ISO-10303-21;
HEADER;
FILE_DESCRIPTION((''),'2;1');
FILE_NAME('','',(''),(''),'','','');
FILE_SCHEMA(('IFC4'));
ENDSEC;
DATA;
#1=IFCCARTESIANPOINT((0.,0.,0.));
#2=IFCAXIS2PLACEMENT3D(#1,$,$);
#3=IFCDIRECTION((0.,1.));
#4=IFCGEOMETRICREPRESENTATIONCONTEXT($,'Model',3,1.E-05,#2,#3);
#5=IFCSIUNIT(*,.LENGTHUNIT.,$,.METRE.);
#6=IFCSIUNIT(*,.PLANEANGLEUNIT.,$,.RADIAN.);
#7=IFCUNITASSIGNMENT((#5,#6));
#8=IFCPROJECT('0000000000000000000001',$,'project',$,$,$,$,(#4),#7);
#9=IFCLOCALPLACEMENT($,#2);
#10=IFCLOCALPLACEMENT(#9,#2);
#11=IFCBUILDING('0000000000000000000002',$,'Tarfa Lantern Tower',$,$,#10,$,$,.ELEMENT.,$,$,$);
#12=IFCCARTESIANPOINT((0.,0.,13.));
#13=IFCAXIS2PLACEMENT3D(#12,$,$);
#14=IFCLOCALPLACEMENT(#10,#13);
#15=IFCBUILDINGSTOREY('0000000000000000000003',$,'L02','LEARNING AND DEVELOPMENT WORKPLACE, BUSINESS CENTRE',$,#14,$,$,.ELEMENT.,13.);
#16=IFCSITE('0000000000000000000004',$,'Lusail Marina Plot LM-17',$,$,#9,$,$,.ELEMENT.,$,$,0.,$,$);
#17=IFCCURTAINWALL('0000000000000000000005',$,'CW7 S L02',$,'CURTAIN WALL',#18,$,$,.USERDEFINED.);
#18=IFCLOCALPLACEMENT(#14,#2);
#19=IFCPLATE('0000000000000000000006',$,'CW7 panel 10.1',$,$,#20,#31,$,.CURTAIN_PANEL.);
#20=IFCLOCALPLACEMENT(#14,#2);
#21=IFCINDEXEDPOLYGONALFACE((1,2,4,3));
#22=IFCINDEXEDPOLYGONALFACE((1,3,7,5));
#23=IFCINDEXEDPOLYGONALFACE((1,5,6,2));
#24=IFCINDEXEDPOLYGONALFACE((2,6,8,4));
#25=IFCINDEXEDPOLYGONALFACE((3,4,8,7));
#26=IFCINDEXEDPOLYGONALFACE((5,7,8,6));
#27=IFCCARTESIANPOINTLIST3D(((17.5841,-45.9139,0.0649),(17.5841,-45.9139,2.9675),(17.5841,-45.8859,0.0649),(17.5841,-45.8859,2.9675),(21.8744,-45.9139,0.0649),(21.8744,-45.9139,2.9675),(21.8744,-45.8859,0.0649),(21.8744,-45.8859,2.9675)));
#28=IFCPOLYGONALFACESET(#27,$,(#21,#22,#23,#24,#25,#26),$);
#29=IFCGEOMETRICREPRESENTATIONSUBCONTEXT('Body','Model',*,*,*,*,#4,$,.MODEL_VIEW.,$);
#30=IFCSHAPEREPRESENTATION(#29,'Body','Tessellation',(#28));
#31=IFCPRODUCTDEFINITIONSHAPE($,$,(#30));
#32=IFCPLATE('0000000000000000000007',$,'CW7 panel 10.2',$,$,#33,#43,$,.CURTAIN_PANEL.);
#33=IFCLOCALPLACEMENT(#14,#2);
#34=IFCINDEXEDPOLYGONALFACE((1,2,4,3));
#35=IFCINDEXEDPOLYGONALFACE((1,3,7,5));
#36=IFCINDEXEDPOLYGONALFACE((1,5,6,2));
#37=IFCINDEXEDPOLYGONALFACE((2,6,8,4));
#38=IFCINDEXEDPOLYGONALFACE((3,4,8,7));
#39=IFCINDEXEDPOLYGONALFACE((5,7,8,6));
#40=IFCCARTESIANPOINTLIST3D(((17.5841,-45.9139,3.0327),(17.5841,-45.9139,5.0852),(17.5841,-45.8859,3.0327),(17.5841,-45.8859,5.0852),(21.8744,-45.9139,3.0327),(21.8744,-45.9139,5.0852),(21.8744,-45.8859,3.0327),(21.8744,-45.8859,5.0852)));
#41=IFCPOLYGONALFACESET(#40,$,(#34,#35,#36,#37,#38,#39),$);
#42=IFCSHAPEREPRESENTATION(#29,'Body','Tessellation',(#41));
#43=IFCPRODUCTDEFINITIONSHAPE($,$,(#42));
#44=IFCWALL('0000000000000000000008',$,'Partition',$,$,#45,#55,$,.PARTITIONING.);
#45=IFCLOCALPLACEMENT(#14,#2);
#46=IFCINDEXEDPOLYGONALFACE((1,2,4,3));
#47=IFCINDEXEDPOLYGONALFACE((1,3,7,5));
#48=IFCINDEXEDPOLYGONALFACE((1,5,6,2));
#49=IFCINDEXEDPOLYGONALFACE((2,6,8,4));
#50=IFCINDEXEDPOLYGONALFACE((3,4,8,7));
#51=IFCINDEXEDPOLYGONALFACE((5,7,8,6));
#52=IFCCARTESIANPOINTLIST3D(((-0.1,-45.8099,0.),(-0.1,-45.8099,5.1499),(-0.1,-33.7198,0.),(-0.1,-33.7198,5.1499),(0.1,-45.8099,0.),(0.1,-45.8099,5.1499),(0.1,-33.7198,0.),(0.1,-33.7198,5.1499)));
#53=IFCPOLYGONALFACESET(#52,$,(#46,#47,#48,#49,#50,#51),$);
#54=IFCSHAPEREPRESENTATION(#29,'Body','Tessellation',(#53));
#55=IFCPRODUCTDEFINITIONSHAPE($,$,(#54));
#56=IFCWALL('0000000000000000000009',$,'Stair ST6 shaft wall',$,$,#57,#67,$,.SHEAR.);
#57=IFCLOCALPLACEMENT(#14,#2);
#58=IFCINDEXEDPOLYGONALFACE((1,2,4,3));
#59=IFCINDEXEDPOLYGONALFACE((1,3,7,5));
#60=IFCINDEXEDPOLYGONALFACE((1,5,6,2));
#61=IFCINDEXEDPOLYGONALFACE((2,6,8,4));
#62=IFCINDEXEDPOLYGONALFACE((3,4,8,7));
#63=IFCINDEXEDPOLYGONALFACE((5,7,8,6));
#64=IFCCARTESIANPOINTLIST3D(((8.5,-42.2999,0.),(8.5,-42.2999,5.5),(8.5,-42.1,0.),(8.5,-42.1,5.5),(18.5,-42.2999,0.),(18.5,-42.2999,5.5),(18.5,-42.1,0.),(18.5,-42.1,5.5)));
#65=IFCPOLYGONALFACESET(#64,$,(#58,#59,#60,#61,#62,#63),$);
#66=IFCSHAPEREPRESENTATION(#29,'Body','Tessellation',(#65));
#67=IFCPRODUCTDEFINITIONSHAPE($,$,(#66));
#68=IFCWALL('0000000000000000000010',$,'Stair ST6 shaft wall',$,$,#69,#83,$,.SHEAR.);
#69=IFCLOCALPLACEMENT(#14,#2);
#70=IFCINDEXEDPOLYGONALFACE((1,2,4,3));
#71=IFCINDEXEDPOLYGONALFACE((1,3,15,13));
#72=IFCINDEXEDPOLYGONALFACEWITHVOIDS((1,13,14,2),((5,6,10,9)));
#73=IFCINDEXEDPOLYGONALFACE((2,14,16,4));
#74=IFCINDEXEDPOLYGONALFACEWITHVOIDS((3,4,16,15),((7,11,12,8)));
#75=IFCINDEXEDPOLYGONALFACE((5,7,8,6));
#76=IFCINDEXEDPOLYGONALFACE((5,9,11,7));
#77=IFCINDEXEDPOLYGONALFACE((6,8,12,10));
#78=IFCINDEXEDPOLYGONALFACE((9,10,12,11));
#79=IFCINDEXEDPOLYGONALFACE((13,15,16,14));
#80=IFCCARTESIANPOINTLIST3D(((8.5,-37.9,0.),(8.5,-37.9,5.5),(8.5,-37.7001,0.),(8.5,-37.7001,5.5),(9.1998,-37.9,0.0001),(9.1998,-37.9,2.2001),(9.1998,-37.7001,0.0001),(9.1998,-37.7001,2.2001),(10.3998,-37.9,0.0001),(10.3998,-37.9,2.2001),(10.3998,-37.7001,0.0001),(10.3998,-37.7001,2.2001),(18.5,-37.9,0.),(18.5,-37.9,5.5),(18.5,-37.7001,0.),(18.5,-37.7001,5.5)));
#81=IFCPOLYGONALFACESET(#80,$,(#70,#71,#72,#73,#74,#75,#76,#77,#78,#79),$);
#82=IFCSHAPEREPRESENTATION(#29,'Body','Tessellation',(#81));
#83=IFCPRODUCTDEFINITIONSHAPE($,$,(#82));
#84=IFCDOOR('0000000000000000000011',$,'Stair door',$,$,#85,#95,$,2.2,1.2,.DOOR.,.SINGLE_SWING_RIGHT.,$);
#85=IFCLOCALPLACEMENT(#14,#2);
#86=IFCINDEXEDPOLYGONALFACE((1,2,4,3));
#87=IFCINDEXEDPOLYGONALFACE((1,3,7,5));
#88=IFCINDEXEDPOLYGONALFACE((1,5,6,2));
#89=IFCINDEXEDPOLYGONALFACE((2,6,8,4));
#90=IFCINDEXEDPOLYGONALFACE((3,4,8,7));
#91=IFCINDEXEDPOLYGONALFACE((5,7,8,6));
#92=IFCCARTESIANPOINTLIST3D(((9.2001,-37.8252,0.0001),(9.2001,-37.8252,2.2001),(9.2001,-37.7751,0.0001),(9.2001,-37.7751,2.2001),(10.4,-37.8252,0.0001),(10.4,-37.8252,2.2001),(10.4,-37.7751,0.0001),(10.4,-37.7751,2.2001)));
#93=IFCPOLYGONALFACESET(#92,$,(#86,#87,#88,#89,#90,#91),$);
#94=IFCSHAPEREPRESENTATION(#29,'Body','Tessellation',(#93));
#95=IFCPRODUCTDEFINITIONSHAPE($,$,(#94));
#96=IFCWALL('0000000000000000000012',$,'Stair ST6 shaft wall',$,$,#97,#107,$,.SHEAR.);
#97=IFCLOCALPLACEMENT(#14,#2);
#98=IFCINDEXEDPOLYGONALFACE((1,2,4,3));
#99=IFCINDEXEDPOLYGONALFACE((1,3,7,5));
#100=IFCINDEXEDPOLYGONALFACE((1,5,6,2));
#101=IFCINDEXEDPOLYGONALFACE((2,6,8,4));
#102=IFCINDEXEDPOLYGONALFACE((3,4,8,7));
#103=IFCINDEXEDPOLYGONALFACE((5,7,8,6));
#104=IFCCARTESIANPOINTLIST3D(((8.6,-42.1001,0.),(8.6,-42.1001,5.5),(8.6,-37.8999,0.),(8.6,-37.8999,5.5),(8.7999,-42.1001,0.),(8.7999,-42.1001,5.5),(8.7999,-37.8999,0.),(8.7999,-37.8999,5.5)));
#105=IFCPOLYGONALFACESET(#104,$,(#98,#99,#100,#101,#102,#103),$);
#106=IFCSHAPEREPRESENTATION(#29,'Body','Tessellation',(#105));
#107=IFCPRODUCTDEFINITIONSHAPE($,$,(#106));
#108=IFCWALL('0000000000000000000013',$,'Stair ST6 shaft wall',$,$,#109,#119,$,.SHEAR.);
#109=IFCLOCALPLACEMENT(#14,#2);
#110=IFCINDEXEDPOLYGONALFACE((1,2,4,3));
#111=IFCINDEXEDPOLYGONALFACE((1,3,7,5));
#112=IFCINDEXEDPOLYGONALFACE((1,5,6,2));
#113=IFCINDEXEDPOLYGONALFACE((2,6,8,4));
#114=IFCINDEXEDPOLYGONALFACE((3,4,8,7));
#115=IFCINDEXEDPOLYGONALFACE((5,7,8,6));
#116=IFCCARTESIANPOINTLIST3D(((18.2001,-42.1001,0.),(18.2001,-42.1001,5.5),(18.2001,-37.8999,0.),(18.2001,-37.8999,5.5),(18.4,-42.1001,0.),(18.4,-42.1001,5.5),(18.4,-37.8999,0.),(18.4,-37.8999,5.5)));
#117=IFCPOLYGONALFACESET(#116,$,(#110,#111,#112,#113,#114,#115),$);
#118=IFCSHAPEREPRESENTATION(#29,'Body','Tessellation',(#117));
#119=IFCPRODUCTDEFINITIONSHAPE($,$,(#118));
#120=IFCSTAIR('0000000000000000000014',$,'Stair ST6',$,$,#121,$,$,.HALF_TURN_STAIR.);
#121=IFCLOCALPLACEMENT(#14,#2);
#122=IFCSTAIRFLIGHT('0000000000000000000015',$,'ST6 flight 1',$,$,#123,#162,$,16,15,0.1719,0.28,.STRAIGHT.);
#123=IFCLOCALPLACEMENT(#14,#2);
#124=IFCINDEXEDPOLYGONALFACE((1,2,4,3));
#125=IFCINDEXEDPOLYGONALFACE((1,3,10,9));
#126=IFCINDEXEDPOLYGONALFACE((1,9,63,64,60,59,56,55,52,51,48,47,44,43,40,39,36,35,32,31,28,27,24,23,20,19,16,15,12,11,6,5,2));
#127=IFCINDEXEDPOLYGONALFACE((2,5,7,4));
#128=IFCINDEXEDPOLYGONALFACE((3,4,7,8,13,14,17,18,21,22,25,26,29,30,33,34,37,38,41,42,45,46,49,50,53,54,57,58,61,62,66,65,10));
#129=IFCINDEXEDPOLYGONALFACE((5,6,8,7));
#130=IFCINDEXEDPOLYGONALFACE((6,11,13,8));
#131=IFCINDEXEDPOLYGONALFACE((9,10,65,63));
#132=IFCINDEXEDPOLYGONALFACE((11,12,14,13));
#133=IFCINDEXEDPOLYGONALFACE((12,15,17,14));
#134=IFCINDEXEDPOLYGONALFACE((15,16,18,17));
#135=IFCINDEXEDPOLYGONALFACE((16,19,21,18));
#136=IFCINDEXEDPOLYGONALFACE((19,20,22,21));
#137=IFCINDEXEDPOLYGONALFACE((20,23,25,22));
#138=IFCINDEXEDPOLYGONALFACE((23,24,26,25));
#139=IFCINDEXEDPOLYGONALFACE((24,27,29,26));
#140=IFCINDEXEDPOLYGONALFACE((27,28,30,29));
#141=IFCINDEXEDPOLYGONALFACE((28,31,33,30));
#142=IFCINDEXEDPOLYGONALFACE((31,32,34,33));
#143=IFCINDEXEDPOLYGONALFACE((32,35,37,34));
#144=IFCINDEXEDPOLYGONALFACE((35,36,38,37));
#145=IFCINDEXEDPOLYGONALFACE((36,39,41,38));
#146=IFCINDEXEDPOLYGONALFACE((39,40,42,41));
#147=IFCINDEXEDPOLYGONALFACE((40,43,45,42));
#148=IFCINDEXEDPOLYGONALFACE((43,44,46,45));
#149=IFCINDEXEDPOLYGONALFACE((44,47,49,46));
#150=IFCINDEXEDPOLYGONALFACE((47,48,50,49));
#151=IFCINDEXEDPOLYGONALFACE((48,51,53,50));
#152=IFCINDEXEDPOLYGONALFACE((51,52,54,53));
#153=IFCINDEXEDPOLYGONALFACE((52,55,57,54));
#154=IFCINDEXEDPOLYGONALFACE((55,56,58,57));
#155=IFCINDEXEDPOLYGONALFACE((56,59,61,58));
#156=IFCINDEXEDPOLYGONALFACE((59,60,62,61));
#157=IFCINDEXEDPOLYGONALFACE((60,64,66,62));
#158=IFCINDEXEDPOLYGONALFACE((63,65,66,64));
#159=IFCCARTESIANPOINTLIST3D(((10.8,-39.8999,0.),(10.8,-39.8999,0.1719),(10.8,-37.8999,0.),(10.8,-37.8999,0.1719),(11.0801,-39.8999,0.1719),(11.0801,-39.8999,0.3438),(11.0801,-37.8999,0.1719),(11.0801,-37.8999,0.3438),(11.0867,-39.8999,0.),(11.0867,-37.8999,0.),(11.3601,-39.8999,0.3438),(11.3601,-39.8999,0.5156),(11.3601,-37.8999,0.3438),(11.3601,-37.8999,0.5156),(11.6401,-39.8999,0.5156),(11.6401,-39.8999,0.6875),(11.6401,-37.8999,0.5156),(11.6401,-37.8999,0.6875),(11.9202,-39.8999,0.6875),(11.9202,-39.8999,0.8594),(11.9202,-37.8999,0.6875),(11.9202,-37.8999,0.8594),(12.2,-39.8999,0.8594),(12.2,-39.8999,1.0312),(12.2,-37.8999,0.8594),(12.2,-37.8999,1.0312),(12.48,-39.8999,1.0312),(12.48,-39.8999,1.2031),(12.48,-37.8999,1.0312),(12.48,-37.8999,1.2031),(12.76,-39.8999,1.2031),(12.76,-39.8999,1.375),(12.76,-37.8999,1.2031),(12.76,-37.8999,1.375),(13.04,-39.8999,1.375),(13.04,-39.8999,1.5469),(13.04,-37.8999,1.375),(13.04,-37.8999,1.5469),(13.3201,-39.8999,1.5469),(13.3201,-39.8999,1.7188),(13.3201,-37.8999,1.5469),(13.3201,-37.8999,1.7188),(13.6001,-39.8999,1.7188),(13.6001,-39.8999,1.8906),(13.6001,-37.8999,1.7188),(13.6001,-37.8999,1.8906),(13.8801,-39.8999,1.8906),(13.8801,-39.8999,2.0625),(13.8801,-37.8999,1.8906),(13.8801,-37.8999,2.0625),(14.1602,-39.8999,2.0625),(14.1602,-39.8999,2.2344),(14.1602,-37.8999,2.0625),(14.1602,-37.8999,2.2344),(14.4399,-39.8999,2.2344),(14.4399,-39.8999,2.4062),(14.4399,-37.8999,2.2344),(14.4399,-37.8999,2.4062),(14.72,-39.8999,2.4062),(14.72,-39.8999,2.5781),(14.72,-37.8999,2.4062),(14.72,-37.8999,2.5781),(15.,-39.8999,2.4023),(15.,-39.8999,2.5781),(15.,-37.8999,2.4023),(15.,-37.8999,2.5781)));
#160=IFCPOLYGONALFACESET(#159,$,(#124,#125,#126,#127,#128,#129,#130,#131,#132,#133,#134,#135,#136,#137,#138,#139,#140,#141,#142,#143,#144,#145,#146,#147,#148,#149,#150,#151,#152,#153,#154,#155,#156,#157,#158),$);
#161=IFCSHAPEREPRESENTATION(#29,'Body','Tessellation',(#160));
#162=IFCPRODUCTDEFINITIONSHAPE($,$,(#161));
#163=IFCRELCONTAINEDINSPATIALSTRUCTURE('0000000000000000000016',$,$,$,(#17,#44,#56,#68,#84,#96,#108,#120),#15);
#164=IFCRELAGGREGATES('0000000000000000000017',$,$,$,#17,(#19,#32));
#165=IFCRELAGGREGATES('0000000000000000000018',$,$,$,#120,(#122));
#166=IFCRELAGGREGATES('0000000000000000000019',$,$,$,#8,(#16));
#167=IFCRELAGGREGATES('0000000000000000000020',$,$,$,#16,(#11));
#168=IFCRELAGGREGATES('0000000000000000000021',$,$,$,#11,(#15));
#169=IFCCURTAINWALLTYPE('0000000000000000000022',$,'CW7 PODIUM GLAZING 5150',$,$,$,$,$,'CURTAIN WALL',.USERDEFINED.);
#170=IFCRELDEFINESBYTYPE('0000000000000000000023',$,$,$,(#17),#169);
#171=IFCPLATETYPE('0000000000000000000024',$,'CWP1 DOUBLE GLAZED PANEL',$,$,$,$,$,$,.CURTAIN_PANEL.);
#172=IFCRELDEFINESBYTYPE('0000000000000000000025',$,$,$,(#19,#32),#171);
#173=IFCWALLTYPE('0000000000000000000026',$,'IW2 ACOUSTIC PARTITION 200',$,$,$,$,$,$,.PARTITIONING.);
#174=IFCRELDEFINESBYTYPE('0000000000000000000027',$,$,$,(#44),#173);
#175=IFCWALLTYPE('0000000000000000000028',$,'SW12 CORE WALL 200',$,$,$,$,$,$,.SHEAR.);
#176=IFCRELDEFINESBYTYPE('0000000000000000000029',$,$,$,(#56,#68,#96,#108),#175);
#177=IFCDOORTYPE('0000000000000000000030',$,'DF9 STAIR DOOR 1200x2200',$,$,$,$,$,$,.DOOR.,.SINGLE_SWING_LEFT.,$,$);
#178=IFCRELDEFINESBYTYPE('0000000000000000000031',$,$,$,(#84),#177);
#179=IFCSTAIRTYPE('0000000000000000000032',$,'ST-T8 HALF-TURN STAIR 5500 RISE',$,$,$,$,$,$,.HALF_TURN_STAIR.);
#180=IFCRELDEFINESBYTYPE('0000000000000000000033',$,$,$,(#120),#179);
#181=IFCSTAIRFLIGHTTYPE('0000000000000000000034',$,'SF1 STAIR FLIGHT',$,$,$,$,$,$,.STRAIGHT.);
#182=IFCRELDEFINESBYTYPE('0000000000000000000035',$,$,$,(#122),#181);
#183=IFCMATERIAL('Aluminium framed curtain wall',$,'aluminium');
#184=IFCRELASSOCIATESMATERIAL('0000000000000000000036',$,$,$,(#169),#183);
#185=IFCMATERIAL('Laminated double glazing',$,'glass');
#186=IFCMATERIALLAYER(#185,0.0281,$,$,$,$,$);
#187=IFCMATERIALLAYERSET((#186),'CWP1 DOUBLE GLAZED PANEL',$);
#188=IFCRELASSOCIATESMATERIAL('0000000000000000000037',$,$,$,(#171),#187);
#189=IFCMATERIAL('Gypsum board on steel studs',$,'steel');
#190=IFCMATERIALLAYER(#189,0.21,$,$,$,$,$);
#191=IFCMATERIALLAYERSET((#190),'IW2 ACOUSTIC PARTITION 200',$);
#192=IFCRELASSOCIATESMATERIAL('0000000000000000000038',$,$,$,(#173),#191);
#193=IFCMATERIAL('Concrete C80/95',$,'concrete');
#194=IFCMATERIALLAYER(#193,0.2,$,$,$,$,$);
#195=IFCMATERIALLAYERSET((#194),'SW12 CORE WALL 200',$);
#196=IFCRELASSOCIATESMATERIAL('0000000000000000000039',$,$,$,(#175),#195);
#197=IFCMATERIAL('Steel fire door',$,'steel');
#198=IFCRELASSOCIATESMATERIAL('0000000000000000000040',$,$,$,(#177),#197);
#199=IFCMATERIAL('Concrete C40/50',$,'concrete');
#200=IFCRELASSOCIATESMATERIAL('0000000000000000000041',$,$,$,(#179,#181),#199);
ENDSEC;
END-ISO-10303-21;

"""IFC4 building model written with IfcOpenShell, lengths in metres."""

from ifc_helpers import new_model, si_unit, direction, frame, frame_2d, origin, origin_2d, place, context, subcontext, project, spatial, polyline, rectangle, outline, extrude, material, layer, layer_set, type_object, element, fill, aggregate, save


model = new_model("IFC4")

# Units and contexts
model_context = context("Model", 3, precision=1e-05, world=origin(), true_north=direction((0.0, 1.0)))
body_context = subcontext(model_context, "Body", "Model", "MODEL_VIEW")
ifc_project = project(units=[si_unit("LENGTHUNIT", "METRE"), si_unit("PLANEANGLEUNIT", "RADIAN")], contexts=[model_context])

# Site, building, storey
site_placement = place(None, origin())
site = spatial("IfcSite", under=ifc_project, at=site_placement, Name="Lusail Marina Plot LM-17", CompositionType="ELEMENT", RefElevation=0.0)
building_placement = place(site_placement, origin())
building = spatial("IfcBuilding", under=site, at=building_placement, Name="Tarfa Lantern Tower", CompositionType="ELEMENT")
storey_placement = place(building_placement, frame((0.0, 0.0, 13.0)))
storey = spatial("IfcBuildingStorey", under=building, at=storey_placement, Name="L02", Description="LEARNING AND DEVELOPMENT WORKPLACE, BUSINESS CENTRE", CompositionType="ELEMENT", Elevation=13.0)

# Shared definitions
ifc_material_1 = material(Name="Concrete C80/95", Category="concrete")

# Curtain wall
ifc_material_2 = material(Name="Aluminium framed curtain wall", Category="aluminium")
curtain_wall_type = type_object("IfcCurtainWallType", Name="CW7 PODIUM GLAZING 5150", ElementType="CURTAIN WALL", PredefinedType="USERDEFINED", material=ifc_material_2)
curtain_wall_placement = place(storey_placement, origin())
curtain_wall = element("IfcCurtainWall", 1, at=curtain_wall_placement, inside=storey, type_object=curtain_wall_type, Name="CW7 S L02", ObjectType="CURTAIN WALL", PredefinedType="USERDEFINED")

# Plates
ifc_material_3 = material(Name="Laminated double glazing", Category="glass")
ifc_layer_1 = layer(ifc_material_3, 0.0281)
ifc_layer_set_1 = layer_set([ifc_layer_1], Name="CWP1 DOUBLE GLAZED PANEL")
plate_type = type_object("IfcPlateType", Name="CWP1 DOUBLE GLAZED PANEL", PredefinedType="CURTAIN_PANEL", material=ifc_layer_set_1)
plate_1_placement = place(storey_placement, frame((19.7292, -45.8999, 0.0649), z_axis=(0.0, 0.0, 1.0), x_axis=(1.0, 0.0, 0.0)))
plate_1 = element("IfcPlate", 2, at=plate_1_placement, type_object=plate_type, Name="CW7 panel 10.1", PredefinedType="CURTAIN_PANEL", context=body_context, shape_type="SweptSolid", body=[
    extrude(rectangle(XDim=4.2903, YDim=0.0281, at=origin_2d()), origin(), (0.0, 0.0, 1.0), 2.9026),
])
plate_2_placement = place(storey_placement, frame((19.7292, -45.8999, 3.0327), z_axis=(0.0, 0.0, 1.0), x_axis=(1.0, 0.0, 0.0)))
plate_2 = element("IfcPlate", 3, at=plate_2_placement, type_object=plate_type, Name="CW7 panel 10.2", PredefinedType="CURTAIN_PANEL", context=body_context, shape_type="SweptSolid", body=[
    extrude(rectangle(XDim=4.2903, YDim=0.0281, at=origin_2d()), origin(), (0.0, 0.0, 1.0), 2.0525),
])
aggregate(curtain_wall, [plate_1, plate_2])

# Walls
ifc_material_4 = material(Name="Gypsum board on steel studs", Category="steel")
ifc_layer_2 = layer(ifc_material_4, 0.21)
ifc_layer_set_2 = layer_set([ifc_layer_2], Name="IW2 ACOUSTIC PARTITION 200")
wall_type_1 = type_object("IfcWallType", Name="IW2 ACOUSTIC PARTITION 200", PredefinedType="PARTITIONING", material=ifc_layer_set_2)
wall_1_placement = place(storey_placement, frame((0.0, -33.72, 0.0), z_axis=(0.0, 0.0, 1.0), x_axis=(0.0, -1.0, 0.0)))
element("IfcWall", 4, at=wall_1_placement, inside=storey, type_object=wall_type_1, Name="Partition", PredefinedType="PARTITIONING", context=body_context, shape_type="SweptSolid", body=[
    extrude(rectangle(XDim=12.0901, YDim=0.2, at=frame_2d((6.0449, 0.0))), origin(), (0.0, 0.0, 1.0), 5.1499),
])
ifc_layer_3 = layer(ifc_material_1, 0.2)
ifc_layer_set_3 = layer_set([ifc_layer_3], Name="SW12 CORE WALL 200")
wall_type_2 = type_object("IfcWallType", Name="SW12 CORE WALL 200", PredefinedType="SHEAR", material=ifc_layer_set_3)
wall_2_placement = place(storey_placement, frame((8.5, -42.2, 0.0), z_axis=(0.0, 0.0, 1.0), x_axis=(1.0, 0.0, 0.0)))
element("IfcWall", 5, at=wall_2_placement, inside=storey, type_object=wall_type_2, Name="Stair ST6 shaft wall", PredefinedType="SHEAR", context=body_context, shape_type="SweptSolid", body=[
    extrude(rectangle(XDim=10.0, YDim=0.2, at=frame_2d((5.0, 0.0))), origin(), (0.0, 0.0, 1.0), 5.5),
])

# Wall, opening, door
wall_3_placement = place(storey_placement, frame((18.5, -37.8, 0.0), z_axis=(0.0, 0.0, 1.0), x_axis=(-1.0, 0.0, 0.0)))
wall_3 = element("IfcWall", 6, at=wall_3_placement, inside=storey, type_object=wall_type_2, Name="Stair ST6 shaft wall", PredefinedType="SHEAR", context=body_context, shape_type="SweptSolid", body=[
    extrude(rectangle(XDim=10.0, YDim=0.2, at=frame_2d((5.0, 0.0))), origin(), (0.0, 0.0, 1.0), 5.5),
])
opening_placement = place(wall_3_placement, frame((8.1001, 0.0, 0.0)))
opening = element("IfcOpeningElement", 7, at=opening_placement, cuts=wall_3, PredefinedType="OPENING", context=body_context, shape_type="SweptSolid", body=[
    extrude(rectangle(XDim=1.2, YDim=2.2, at=frame_2d((0.6001, 1.1001))), frame((0.0, 0.1099, 0.0), z_axis=(0.0, -1.0, 0.0), x_axis=(1.0, 0.0, 0.0)), (0.0, 0.0, 1.0), 0.22),
])
ifc_material_5 = material(Name="Steel fire door", Category="steel")
door_type = type_object("IfcDoorType", Name="DF9 STAIR DOOR 1200x2200", OperationType="SINGLE_SWING_LEFT", PredefinedType="DOOR", material=ifc_material_5)
door_placement = place(opening_placement, frame((1.2, 0.0, 0.0), z_axis=(0.0, 0.0, 1.0), x_axis=(-1.0, 0.0, 0.0)))
door = element("IfcDoor", 8, at=door_placement, inside=storey, type_object=door_type, Name="Stair door", OperationType="SINGLE_SWING_RIGHT", OverallHeight=2.2, OverallWidth=1.2, PredefinedType="DOOR", context=body_context, shape_type="SweptSolid", body=[
    extrude(rectangle(XDim=1.2, YDim=2.2, at=frame_2d((0.6001, 1.1001))), frame((0.0, 0.0249, 0.0), z_axis=(0.0, -1.0, 0.0), x_axis=(1.0, 0.0, 0.0)), (0.0, 0.0, 1.0), 0.05),
])
fill(opening, door)

# Walls
for number, where, z_axis, x_axis, name in (
    (9, (8.7, -37.8999, 0.0), (0.0, 0.0, 1.0), (0.0, -1.0, 0.0), "Stair ST6 shaft wall"),
    (10, (18.3, -42.1001, 0.0), (0.0, 0.0, 1.0), (0.0, 1.0, 0.0), "Stair ST6 shaft wall"),
):
    element("IfcWall", number, at=place(storey_placement, frame(where, z_axis=z_axis, x_axis=x_axis)), inside=storey, type_object=wall_type_2, Name=name, PredefinedType="SHEAR", context=body_context, shape_type="SweptSolid", body=[
        extrude(rectangle(XDim=4.2002, YDim=0.2, at=frame_2d((2.1001, 0.0))), origin(), (0.0, 0.0, 1.0), 5.5),
    ])

# Stair, stair flight
ifc_material_6 = material(Name="Concrete C40/50", Category="concrete")
stair_type = type_object("IfcStairType", Name="ST-T8 HALF-TURN STAIR 5500 RISE", PredefinedType="HALF_TURN_STAIR", material=ifc_material_6)
stair_placement = place(storey_placement, origin())
stair = element("IfcStair", 11, at=stair_placement, inside=storey, type_object=stair_type, Name="Stair ST6", PredefinedType="HALF_TURN_STAIR")
stair_flight_type = type_object("IfcStairFlightType", Name="SF1 STAIR FLIGHT", PredefinedType="STRAIGHT", material=ifc_material_6)
stair_flight_1_placement = place(storey_placement, frame((10.8, -38.8999, 0.0), z_axis=(0.0, 0.0, 1.0), x_axis=(1.0, 0.0, 0.0)))
stair_flight_1 = element("IfcStairFlight", 12, at=stair_flight_1_placement, type_object=stair_flight_type, Name="ST6 flight 1", NumberOfRisers=16, NumberOfTreads=15, PredefinedType="STRAIGHT", RiserHeight=0.1719, TreadLength=0.28, context=body_context, shape_type="SweptSolid", body=[
    extrude(outline(polyline([(0.0, 0.0), (0.0, 0.1719), (0.28, 0.1719), (0.28, 0.3438), (0.5601, 0.3438), (0.5601, 0.5156), (0.8401, 0.5156), (0.8401, 0.6875), (1.1201, 0.6875), (1.1201, 0.8594), (1.3999, 0.8594), (1.3999, 1.0312), (1.6799, 1.0312), (1.6799, 1.2031), (1.96, 1.2031), (1.96, 1.375), (2.24, 1.375), (2.24, 1.5469), (2.52, 1.5469), (2.52, 1.7188), (2.8, 1.7188), (2.8, 1.8906), (3.0801, 1.8906), (3.0801, 2.0625), (3.3601, 2.0625), (3.3601, 2.2344), (3.6399, 2.2344), (3.6399, 2.4062), (3.9199, 2.4062), (3.9199, 2.5781), (4.2, 2.5781), (4.2, 2.75), (4.2, 2.4023), (0.2866, 0.0), (0.0, 0.0)])), frame((0.0, 1.0, 0.0), z_axis=(0.0, -1.0, 0.0), x_axis=(1.0, 0.0, 0.0)), (0.0, 0.0, 1.0), 2.0),
])
aggregate(stair, [stair_flight_1])

save(model, "model.ifc")
